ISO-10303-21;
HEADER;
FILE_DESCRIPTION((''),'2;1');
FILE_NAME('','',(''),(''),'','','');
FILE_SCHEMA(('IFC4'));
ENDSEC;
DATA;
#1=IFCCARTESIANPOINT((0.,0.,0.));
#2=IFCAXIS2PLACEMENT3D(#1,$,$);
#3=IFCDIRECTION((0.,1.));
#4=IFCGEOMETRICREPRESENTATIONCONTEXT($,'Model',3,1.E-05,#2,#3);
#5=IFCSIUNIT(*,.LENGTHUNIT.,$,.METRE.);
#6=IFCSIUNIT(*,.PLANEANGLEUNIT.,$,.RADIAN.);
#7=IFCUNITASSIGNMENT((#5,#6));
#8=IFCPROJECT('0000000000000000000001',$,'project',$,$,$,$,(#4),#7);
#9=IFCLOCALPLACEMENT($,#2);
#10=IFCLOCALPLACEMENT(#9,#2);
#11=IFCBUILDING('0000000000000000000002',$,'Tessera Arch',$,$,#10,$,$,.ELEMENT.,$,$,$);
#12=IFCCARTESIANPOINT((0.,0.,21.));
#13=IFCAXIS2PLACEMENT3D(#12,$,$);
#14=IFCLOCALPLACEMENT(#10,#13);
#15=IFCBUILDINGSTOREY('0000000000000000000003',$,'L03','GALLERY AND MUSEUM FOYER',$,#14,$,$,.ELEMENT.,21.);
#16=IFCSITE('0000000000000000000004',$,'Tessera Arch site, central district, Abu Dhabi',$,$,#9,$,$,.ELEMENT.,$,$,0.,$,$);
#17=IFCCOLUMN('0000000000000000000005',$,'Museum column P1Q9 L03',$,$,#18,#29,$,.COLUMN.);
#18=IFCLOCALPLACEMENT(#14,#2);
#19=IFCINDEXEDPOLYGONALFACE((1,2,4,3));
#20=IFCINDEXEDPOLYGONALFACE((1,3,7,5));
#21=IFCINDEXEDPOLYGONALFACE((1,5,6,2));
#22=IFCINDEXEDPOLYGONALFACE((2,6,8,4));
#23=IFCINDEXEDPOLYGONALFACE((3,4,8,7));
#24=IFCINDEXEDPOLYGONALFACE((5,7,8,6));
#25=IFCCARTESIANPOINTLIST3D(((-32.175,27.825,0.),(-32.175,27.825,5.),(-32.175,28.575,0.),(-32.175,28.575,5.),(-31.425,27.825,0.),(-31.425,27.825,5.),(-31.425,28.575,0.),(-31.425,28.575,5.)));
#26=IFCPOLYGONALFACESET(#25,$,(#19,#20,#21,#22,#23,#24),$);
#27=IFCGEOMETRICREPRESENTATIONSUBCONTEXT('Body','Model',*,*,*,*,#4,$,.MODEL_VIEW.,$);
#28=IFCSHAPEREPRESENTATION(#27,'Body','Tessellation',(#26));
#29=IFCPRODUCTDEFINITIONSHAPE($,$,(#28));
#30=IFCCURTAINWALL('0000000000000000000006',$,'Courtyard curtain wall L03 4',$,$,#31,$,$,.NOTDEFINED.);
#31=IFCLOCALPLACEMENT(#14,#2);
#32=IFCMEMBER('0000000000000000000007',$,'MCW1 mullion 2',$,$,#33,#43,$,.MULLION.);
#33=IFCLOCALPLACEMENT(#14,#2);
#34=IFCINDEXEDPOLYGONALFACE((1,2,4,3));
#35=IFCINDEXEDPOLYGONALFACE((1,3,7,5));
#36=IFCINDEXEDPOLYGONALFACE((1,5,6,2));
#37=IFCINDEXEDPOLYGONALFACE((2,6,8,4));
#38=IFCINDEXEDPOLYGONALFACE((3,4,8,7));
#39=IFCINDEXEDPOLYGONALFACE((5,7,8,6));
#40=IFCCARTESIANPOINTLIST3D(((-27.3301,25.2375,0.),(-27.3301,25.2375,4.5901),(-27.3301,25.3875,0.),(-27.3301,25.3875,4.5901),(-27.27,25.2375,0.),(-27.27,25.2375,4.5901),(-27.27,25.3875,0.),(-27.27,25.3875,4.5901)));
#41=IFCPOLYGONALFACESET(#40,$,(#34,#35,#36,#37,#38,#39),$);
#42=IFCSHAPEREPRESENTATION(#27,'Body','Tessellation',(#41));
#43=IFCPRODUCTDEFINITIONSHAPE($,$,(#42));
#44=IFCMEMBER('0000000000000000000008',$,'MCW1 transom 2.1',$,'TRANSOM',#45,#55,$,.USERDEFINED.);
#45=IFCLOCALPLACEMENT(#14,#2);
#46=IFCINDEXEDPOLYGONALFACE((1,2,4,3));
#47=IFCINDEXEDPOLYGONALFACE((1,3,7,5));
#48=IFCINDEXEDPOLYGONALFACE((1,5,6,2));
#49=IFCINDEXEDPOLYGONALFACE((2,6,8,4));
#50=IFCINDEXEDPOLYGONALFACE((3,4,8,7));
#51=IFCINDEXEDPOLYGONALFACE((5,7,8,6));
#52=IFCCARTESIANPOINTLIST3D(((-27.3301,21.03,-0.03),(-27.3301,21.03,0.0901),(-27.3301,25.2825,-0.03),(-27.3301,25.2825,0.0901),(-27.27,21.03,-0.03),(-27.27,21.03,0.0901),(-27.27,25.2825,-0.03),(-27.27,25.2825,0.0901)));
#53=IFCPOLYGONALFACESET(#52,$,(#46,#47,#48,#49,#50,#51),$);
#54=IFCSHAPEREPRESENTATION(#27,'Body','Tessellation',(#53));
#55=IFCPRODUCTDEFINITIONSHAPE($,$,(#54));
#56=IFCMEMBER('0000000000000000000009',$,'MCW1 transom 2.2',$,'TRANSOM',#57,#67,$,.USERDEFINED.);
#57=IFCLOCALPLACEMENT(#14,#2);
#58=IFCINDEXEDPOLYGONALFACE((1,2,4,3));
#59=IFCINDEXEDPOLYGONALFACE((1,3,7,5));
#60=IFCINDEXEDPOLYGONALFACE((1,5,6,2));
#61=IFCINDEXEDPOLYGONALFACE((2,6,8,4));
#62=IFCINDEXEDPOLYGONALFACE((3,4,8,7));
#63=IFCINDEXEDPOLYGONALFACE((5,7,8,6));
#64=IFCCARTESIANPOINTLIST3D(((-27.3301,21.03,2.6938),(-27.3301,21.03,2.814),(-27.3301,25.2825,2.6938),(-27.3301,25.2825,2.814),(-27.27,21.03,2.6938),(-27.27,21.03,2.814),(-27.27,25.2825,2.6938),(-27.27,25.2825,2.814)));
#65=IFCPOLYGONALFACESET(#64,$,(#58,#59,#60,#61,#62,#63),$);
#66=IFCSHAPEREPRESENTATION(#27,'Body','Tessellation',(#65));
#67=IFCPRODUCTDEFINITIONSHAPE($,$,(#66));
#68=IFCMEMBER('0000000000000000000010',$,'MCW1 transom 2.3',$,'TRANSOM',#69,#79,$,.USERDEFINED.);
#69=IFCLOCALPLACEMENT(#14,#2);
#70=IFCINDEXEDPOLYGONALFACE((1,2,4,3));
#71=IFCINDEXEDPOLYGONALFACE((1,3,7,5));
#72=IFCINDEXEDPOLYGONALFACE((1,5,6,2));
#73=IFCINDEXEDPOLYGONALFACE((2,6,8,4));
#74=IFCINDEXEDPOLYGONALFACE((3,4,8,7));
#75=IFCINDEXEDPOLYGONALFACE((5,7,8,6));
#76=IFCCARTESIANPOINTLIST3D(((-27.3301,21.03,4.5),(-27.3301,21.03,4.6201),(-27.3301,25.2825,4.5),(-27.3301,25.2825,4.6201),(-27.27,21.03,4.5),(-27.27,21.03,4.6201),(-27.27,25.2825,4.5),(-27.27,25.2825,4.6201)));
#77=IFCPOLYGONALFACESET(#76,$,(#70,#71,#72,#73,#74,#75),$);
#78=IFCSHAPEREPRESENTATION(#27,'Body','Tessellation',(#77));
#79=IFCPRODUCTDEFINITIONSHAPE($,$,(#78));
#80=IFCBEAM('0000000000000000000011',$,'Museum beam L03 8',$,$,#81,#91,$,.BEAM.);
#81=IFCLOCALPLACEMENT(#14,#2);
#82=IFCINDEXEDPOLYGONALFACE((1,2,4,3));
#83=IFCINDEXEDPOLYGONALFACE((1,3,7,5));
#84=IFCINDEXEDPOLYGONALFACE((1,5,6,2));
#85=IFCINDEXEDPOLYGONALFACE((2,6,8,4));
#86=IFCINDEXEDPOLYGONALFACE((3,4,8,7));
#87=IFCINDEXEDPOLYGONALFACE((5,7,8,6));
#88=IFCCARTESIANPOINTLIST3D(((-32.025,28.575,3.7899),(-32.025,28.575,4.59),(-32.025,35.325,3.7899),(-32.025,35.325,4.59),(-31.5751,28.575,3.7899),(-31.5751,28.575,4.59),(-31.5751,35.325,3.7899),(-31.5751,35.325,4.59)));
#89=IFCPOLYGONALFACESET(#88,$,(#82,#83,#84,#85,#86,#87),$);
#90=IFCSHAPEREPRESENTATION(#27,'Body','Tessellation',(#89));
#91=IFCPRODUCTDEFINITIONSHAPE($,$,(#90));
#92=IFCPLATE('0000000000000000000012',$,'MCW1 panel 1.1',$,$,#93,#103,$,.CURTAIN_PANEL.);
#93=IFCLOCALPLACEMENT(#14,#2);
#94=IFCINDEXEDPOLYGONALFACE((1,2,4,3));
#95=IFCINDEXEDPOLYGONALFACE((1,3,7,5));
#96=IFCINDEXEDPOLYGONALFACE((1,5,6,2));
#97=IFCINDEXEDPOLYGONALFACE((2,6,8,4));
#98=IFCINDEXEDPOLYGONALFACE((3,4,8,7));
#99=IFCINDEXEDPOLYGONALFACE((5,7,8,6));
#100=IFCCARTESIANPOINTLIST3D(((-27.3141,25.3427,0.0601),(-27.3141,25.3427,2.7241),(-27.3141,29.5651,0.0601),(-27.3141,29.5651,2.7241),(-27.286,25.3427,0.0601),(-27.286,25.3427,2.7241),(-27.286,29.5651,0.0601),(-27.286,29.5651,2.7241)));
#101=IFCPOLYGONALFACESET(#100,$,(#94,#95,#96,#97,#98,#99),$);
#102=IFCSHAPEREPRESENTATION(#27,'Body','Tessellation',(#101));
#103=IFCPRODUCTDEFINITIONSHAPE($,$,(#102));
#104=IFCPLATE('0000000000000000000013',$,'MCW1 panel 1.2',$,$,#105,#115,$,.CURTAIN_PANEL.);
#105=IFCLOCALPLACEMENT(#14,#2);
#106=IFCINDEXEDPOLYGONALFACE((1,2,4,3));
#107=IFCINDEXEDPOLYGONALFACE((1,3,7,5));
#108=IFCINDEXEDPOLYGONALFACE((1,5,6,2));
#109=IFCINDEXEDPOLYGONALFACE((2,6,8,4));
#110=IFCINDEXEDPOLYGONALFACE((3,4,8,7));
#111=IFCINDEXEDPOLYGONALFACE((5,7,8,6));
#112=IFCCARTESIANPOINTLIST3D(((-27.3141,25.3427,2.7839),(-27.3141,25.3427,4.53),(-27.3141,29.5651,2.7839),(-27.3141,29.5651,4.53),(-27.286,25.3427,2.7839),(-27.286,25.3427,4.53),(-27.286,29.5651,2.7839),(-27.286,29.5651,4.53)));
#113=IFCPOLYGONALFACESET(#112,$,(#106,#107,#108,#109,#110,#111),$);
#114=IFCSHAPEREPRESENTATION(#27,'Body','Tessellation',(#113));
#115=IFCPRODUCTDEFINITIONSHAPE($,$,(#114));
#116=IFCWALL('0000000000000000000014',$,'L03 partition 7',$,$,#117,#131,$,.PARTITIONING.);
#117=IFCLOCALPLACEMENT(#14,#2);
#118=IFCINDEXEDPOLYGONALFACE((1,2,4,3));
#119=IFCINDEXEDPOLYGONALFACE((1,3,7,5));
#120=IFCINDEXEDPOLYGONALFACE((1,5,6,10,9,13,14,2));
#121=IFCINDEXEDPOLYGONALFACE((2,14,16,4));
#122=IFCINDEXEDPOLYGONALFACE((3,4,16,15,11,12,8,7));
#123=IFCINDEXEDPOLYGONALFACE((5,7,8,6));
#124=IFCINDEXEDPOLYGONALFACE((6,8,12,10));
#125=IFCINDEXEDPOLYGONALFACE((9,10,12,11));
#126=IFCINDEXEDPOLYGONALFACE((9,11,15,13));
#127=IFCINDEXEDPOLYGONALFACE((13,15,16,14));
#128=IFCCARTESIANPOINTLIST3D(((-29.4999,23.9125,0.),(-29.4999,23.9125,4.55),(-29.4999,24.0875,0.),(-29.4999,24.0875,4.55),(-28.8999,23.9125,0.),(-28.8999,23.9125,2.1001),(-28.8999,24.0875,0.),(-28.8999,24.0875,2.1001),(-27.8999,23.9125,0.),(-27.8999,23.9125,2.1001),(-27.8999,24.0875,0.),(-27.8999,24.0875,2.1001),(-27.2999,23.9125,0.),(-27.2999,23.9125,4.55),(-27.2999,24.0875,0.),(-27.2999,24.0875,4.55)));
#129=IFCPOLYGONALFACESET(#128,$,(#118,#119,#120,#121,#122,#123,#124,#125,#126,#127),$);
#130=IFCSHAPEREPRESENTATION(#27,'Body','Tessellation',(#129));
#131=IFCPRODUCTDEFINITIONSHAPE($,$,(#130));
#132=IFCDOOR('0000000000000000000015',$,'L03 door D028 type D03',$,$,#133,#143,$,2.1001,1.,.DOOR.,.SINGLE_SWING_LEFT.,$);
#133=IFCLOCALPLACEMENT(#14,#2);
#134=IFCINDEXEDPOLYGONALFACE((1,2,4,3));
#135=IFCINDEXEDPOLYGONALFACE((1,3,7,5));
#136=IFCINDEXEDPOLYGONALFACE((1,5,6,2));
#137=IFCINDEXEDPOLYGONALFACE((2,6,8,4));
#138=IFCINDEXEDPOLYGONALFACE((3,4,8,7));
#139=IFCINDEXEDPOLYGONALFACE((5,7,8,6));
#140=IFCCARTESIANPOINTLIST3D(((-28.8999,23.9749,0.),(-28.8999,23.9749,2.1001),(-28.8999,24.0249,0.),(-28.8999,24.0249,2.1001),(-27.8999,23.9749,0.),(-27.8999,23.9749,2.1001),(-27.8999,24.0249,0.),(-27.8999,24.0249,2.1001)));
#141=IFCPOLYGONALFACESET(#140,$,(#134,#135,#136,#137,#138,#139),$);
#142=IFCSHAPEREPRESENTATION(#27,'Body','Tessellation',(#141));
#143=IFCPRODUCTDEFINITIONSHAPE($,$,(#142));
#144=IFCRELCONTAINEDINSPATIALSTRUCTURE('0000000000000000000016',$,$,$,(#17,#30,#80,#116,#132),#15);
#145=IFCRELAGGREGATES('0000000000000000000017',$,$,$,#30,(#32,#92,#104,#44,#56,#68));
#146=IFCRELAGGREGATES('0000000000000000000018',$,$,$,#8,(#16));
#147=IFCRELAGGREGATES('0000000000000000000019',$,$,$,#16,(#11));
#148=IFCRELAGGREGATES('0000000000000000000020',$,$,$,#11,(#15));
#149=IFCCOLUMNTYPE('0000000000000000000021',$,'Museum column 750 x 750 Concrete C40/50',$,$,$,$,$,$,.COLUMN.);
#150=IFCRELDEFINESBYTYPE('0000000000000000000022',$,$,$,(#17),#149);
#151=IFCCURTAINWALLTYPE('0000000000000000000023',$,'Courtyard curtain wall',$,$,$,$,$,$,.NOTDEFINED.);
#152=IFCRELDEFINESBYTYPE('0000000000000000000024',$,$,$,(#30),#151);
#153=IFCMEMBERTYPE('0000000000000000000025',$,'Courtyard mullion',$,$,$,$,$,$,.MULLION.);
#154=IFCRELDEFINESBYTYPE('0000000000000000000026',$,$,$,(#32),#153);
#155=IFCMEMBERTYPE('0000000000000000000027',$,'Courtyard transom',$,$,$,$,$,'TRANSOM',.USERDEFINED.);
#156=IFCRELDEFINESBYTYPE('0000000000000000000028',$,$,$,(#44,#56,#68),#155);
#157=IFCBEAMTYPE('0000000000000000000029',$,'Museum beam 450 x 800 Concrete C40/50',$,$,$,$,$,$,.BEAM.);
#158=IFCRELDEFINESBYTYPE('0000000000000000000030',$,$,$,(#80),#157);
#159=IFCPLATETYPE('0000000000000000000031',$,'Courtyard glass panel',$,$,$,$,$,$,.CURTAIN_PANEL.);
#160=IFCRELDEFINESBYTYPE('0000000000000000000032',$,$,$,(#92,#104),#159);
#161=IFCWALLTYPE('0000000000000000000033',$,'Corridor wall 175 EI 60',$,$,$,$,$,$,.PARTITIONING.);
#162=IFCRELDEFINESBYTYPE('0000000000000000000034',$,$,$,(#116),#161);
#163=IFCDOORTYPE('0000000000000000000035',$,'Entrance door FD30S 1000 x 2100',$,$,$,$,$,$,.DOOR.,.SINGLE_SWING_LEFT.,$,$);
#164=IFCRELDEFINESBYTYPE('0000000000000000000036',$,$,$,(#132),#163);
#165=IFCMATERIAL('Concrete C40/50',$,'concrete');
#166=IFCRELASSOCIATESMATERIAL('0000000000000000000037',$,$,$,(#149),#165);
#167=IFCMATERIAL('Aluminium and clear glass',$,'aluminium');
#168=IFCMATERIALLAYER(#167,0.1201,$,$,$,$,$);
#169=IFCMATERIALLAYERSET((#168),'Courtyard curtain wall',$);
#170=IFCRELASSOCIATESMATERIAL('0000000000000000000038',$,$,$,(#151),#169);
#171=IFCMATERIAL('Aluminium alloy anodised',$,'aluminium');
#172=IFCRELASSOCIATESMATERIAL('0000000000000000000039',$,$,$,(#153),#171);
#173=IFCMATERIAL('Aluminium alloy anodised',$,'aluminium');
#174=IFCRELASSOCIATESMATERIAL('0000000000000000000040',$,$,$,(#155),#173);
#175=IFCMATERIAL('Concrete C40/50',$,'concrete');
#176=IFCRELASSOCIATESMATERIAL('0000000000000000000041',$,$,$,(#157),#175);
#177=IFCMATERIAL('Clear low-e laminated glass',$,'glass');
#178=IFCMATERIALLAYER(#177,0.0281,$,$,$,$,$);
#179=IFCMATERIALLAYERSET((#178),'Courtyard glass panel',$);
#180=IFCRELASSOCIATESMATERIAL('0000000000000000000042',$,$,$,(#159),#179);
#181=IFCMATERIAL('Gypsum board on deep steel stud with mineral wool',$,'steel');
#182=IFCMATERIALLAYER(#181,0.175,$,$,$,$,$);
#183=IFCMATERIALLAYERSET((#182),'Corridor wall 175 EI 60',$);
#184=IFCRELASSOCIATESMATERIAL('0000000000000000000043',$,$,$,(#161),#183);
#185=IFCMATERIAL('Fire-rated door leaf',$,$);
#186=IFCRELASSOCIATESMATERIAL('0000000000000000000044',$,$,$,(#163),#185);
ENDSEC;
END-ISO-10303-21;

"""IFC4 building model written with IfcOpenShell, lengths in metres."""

from ifc_helpers import new_model, si_unit, direction, frame, frame_2d, origin, origin_2d, place, context, subcontext, project, spatial, rectangle, extrude, material, layer, layer_set, material_profile, profile_set, type_object, element, fill, aggregate, save


model = new_model("IFC4")

# Units and contexts
model_context = context("Model", 3, precision=1e-05, world=origin(), true_north=direction((0.0, 1.0)))
body_context = subcontext(model_context, "Body", "Model", "MODEL_VIEW")
ifc_project = project(units=[si_unit("LENGTHUNIT", "METRE"), si_unit("PLANEANGLEUNIT", "RADIAN")], contexts=[model_context])

# Site, building, storey
site_placement = place(None, origin())
site = spatial("IfcSite", under=ifc_project, at=site_placement, Name="Tessera Arch site, central district, Abu Dhabi", CompositionType="ELEMENT", RefElevation=0.0)
building_placement = place(site_placement, origin())
building = spatial("IfcBuilding", under=site, at=building_placement, Name="Tessera Arch", CompositionType="ELEMENT")
storey_placement = place(building_placement, frame((0.0, 0.0, 21.0)))
storey = spatial("IfcBuildingStorey", under=building, at=storey_placement, Name="L03", Description="GALLERY AND MUSEUM FOYER", CompositionType="ELEMENT", Elevation=21.0)

# Column
ifc_material_1 = material(Name="Concrete C40/50", Category="concrete")
ifc_material_profile_1 = material_profile(ifc_material_1, rectangle(XDim=0.75, YDim=0.75, at=origin_2d()), Name="Museum column 750 x 750 Concrete C40/50")
ifc_profile_set_1 = profile_set([ifc_material_profile_1], Name="Concrete C40/50")
column_type = type_object("IfcColumnType", Name="Museum column 750 x 750 Concrete C40/50", PredefinedType="COLUMN", material=ifc_profile_set_1)
column_placement = place(storey_placement, frame((-31.8, 28.2, 0.0), z_axis=(0.0, 0.0, 1.0), x_axis=(1.0, 0.0, 0.0)))
element("IfcColumn", 1, at=column_placement, inside=storey, type_object=column_type, Name="Museum column P1Q9 L03", PredefinedType="COLUMN", context=body_context, shape_type="SweptSolid", body=[
    extrude(rectangle(XDim=0.75, YDim=0.75, at=origin_2d()), origin(), (0.0, 0.0, 1.0), 5.0),
])

# Curtain wall, members
ifc_material_2 = material(Name="Aluminium and clear glass", Category="aluminium")
ifc_layer_1 = layer(ifc_material_2, 0.1201)
ifc_layer_set_1 = layer_set([ifc_layer_1], Name="Courtyard curtain wall")
curtain_wall_type = type_object("IfcCurtainWallType", Name="Courtyard curtain wall", PredefinedType="NOTDEFINED", material=ifc_layer_set_1)
curtain_wall_placement = place(storey_placement, origin())
curtain_wall = element("IfcCurtainWall", 2, at=curtain_wall_placement, inside=storey, type_object=curtain_wall_type, Name="Courtyard curtain wall L03 4", PredefinedType="NOTDEFINED")
ifc_material_3 = material(Name="Aluminium alloy anodised", Category="aluminium")
ifc_material_profile_2 = material_profile(ifc_material_3, rectangle(XDim=0.0601, YDim=0.1499, at=origin_2d()), Name="Courtyard mullion")
ifc_profile_set_2 = profile_set([ifc_material_profile_2], Name="Aluminium alloy anodised")
member_type_1 = type_object("IfcMemberType", Name="Courtyard mullion", PredefinedType="MULLION", material=ifc_profile_set_2)
member_1_placement = place(storey_placement, frame((-27.3, 25.3125, 0.0), z_axis=(0.0, 0.0, 1.0), x_axis=(1.0, 0.0, 0.0)))
member_1 = element("IfcMember", 3, at=member_1_placement, type_object=member_type_1, Name="MCW1 mullion 2", PredefinedType="MULLION", context=body_context, shape_type="SweptSolid", body=[
    extrude(rectangle(XDim=0.0601, YDim=0.1499, at=origin_2d()), origin(), (0.0, 0.0, 1.0), 4.5901),
])
ifc_material_4 = material(Name="Aluminium alloy anodised", Category="aluminium")
ifc_material_profile_3 = material_profile(ifc_material_4, rectangle(XDim=0.0601, YDim=0.1201, at=origin_2d()), Name="Courtyard transom")
ifc_profile_set_3 = profile_set([ifc_material_profile_3], Name="Aluminium alloy anodised")
member_type_2 = type_object("IfcMemberType", Name="Courtyard transom", ElementType="TRANSOM", PredefinedType="USERDEFINED", material=ifc_profile_set_3)
member_2_placement = place(storey_placement, frame((-27.3, 25.2825, 0.03), z_axis=(0.0, -1.0, 0.0), x_axis=(1.0, 0.0, 0.0)))
member_2 = element("IfcMember", 4, at=member_2_placement, type_object=member_type_2, Name="MCW1 transom 2.1", ObjectType="TRANSOM", PredefinedType="USERDEFINED", context=body_context, shape_type="SweptSolid", body=[
    extrude(rectangle(XDim=0.0601, YDim=0.1201, at=origin_2d()), origin(), (0.0, 0.0, 1.0), 4.2524),
])
member_3_placement = place(storey_placement, frame((-27.3, 25.2825, 2.7539), z_axis=(0.0, -1.0, 0.0), x_axis=(1.0, 0.0, 0.0)))
member_3 = element("IfcMember", 5, at=member_3_placement, type_object=member_type_2, Name="MCW1 transom 2.2", ObjectType="TRANSOM", PredefinedType="USERDEFINED", context=body_context, shape_type="SweptSolid", body=[
    extrude(rectangle(XDim=0.0601, YDim=0.1201, at=origin_2d()), origin(), (0.0, 0.0, 1.0), 4.2524),
])
member_4_placement = place(storey_placement, frame((-27.3, 25.2825, 4.5601), z_axis=(0.0, -1.0, 0.0), x_axis=(1.0, 0.0, 0.0)))
member_4 = element("IfcMember", 6, at=member_4_placement, type_object=member_type_2, Name="MCW1 transom 2.3", ObjectType="TRANSOM", PredefinedType="USERDEFINED", context=body_context, shape_type="SweptSolid", body=[
    extrude(rectangle(XDim=0.0601, YDim=0.1201, at=origin_2d()), origin(), (0.0, 0.0, 1.0), 4.2524),
])

# Beam
ifc_material_5 = material(Name="Concrete C40/50", Category="concrete")
ifc_material_profile_4 = material_profile(ifc_material_5, rectangle(XDim=0.45, YDim=0.8, at=origin_2d()), Name="Museum beam 450 x 800 Concrete C40/50")
ifc_profile_set_4 = profile_set([ifc_material_profile_4], Name="Concrete C40/50")
beam_type = type_object("IfcBeamType", Name="Museum beam 450 x 800 Concrete C40/50", PredefinedType="BEAM", material=ifc_profile_set_4)
beam_placement = place(storey_placement, frame((-31.8, 28.575, 4.1899), z_axis=(0.0, 1.0, 0.0), x_axis=(-1.0, 0.0, 0.0)))
element("IfcBeam", 7, at=beam_placement, inside=storey, type_object=beam_type, Name="Museum beam L03 8", PredefinedType="BEAM", context=body_context, shape_type="SweptSolid", body=[
    extrude(rectangle(XDim=0.45, YDim=0.8, at=origin_2d()), origin(), (0.0, 0.0, 1.0), 6.75),
])

# Plates
ifc_material_6 = material(Name="Clear low-e laminated glass", Category="glass")
ifc_layer_2 = layer(ifc_material_6, 0.0281)
ifc_layer_set_2 = layer_set([ifc_layer_2], Name="Courtyard glass panel")
plate_type = type_object("IfcPlateType", Name="Courtyard glass panel", PredefinedType="CURTAIN_PANEL", material=ifc_layer_set_2)
plate_1_placement = place(storey_placement, frame((-27.3, 27.4539, 0.0601), z_axis=(0.0, 0.0, 1.0), x_axis=(0.0, -1.0, 0.0)))
plate_1 = element("IfcPlate", 8, at=plate_1_placement, type_object=plate_type, Name="MCW1 panel 1.1", PredefinedType="CURTAIN_PANEL", context=body_context, shape_type="SweptSolid", body=[
    extrude(rectangle(XDim=4.2224, YDim=0.0281, at=origin_2d()), origin(), (0.0, 0.0, 1.0), 2.6641),
])
plate_2_placement = place(storey_placement, frame((-27.3, 27.4539, 2.7839), z_axis=(0.0, 0.0, 1.0), x_axis=(0.0, -1.0, 0.0)))
plate_2 = element("IfcPlate", 9, at=plate_2_placement, type_object=plate_type, Name="MCW1 panel 1.2", PredefinedType="CURTAIN_PANEL", context=body_context, shape_type="SweptSolid", body=[
    extrude(rectangle(XDim=4.2224, YDim=0.0281, at=origin_2d()), origin(), (0.0, 0.0, 1.0), 1.7461),
])
aggregate(curtain_wall, [member_1, plate_1, plate_2, member_2, member_3, member_4])

# Wall, opening, door
ifc_material_7 = material(Name="Gypsum board on deep steel stud with mineral wool", Category="steel")
ifc_layer_3 = layer(ifc_material_7, 0.175)
ifc_layer_set_3 = layer_set([ifc_layer_3], Name="Corridor wall 175 EI 60")
wall_type_1 = type_object("IfcWallType", Name="Corridor wall 175 EI 60", PredefinedType="PARTITIONING", material=ifc_layer_set_3)
wall_1_placement = place(storey_placement, frame((-29.5, 24.0, 0.0), z_axis=(0.0, 0.0, 1.0), x_axis=(1.0, 0.0, 0.0)))
wall_1 = element("IfcWall", 10, at=wall_1_placement, inside=storey, type_object=wall_type_1, Name="L03 partition 7", PredefinedType="PARTITIONING", context=body_context, shape_type="SweptSolid", body=[
    extrude(rectangle(XDim=2.2, YDim=0.175, at=frame_2d((1.1001, 0.0))), origin(), (0.0, 0.0, 1.0), 4.55),
])
opening_1_placement = place(wall_1_placement, frame((0.6001, 0.0, 0.0)))
opening_1 = element("IfcOpeningElement", 11, at=opening_1_placement, cuts=wall_1, PredefinedType="OPENING", context=body_context, shape_type="SweptSolid", body=[
    extrude(rectangle(XDim=1.0, YDim=2.1001, at=frame_2d((0.5, 1.05))), frame((0.0, 0.0974, 0.0), z_axis=(0.0, -1.0, 0.0), x_axis=(1.0, 0.0, 0.0)), (0.0, 0.0, 1.0), 0.1951),
])
ifc_material_8 = material(Name="Fire-rated door leaf")
door_type = type_object("IfcDoorType", Name="Entrance door FD30S 1000 x 2100", OperationType="SINGLE_SWING_LEFT", PredefinedType="DOOR", material=ifc_material_8)
door_1_placement = place(opening_1_placement, origin())
door_1 = element("IfcDoor", 12, at=door_1_placement, inside=storey, type_object=door_type, Name="L03 door D028 type D03", OperationType="SINGLE_SWING_LEFT", OverallHeight=2.1001, OverallWidth=1.0, PredefinedType="DOOR", context=body_context, shape_type="SweptSolid", body=[
    extrude(rectangle(XDim=1.0, YDim=2.1001, at=frame_2d((0.5, 1.05))), frame((0.0, 0.0249, 0.0), z_axis=(0.0, -1.0, 0.0), x_axis=(1.0, 0.0, 0.0)), (0.0, 0.0, 1.0), 0.05),
])
fill(opening_1, door_1)

save(model, "model.ifc")
